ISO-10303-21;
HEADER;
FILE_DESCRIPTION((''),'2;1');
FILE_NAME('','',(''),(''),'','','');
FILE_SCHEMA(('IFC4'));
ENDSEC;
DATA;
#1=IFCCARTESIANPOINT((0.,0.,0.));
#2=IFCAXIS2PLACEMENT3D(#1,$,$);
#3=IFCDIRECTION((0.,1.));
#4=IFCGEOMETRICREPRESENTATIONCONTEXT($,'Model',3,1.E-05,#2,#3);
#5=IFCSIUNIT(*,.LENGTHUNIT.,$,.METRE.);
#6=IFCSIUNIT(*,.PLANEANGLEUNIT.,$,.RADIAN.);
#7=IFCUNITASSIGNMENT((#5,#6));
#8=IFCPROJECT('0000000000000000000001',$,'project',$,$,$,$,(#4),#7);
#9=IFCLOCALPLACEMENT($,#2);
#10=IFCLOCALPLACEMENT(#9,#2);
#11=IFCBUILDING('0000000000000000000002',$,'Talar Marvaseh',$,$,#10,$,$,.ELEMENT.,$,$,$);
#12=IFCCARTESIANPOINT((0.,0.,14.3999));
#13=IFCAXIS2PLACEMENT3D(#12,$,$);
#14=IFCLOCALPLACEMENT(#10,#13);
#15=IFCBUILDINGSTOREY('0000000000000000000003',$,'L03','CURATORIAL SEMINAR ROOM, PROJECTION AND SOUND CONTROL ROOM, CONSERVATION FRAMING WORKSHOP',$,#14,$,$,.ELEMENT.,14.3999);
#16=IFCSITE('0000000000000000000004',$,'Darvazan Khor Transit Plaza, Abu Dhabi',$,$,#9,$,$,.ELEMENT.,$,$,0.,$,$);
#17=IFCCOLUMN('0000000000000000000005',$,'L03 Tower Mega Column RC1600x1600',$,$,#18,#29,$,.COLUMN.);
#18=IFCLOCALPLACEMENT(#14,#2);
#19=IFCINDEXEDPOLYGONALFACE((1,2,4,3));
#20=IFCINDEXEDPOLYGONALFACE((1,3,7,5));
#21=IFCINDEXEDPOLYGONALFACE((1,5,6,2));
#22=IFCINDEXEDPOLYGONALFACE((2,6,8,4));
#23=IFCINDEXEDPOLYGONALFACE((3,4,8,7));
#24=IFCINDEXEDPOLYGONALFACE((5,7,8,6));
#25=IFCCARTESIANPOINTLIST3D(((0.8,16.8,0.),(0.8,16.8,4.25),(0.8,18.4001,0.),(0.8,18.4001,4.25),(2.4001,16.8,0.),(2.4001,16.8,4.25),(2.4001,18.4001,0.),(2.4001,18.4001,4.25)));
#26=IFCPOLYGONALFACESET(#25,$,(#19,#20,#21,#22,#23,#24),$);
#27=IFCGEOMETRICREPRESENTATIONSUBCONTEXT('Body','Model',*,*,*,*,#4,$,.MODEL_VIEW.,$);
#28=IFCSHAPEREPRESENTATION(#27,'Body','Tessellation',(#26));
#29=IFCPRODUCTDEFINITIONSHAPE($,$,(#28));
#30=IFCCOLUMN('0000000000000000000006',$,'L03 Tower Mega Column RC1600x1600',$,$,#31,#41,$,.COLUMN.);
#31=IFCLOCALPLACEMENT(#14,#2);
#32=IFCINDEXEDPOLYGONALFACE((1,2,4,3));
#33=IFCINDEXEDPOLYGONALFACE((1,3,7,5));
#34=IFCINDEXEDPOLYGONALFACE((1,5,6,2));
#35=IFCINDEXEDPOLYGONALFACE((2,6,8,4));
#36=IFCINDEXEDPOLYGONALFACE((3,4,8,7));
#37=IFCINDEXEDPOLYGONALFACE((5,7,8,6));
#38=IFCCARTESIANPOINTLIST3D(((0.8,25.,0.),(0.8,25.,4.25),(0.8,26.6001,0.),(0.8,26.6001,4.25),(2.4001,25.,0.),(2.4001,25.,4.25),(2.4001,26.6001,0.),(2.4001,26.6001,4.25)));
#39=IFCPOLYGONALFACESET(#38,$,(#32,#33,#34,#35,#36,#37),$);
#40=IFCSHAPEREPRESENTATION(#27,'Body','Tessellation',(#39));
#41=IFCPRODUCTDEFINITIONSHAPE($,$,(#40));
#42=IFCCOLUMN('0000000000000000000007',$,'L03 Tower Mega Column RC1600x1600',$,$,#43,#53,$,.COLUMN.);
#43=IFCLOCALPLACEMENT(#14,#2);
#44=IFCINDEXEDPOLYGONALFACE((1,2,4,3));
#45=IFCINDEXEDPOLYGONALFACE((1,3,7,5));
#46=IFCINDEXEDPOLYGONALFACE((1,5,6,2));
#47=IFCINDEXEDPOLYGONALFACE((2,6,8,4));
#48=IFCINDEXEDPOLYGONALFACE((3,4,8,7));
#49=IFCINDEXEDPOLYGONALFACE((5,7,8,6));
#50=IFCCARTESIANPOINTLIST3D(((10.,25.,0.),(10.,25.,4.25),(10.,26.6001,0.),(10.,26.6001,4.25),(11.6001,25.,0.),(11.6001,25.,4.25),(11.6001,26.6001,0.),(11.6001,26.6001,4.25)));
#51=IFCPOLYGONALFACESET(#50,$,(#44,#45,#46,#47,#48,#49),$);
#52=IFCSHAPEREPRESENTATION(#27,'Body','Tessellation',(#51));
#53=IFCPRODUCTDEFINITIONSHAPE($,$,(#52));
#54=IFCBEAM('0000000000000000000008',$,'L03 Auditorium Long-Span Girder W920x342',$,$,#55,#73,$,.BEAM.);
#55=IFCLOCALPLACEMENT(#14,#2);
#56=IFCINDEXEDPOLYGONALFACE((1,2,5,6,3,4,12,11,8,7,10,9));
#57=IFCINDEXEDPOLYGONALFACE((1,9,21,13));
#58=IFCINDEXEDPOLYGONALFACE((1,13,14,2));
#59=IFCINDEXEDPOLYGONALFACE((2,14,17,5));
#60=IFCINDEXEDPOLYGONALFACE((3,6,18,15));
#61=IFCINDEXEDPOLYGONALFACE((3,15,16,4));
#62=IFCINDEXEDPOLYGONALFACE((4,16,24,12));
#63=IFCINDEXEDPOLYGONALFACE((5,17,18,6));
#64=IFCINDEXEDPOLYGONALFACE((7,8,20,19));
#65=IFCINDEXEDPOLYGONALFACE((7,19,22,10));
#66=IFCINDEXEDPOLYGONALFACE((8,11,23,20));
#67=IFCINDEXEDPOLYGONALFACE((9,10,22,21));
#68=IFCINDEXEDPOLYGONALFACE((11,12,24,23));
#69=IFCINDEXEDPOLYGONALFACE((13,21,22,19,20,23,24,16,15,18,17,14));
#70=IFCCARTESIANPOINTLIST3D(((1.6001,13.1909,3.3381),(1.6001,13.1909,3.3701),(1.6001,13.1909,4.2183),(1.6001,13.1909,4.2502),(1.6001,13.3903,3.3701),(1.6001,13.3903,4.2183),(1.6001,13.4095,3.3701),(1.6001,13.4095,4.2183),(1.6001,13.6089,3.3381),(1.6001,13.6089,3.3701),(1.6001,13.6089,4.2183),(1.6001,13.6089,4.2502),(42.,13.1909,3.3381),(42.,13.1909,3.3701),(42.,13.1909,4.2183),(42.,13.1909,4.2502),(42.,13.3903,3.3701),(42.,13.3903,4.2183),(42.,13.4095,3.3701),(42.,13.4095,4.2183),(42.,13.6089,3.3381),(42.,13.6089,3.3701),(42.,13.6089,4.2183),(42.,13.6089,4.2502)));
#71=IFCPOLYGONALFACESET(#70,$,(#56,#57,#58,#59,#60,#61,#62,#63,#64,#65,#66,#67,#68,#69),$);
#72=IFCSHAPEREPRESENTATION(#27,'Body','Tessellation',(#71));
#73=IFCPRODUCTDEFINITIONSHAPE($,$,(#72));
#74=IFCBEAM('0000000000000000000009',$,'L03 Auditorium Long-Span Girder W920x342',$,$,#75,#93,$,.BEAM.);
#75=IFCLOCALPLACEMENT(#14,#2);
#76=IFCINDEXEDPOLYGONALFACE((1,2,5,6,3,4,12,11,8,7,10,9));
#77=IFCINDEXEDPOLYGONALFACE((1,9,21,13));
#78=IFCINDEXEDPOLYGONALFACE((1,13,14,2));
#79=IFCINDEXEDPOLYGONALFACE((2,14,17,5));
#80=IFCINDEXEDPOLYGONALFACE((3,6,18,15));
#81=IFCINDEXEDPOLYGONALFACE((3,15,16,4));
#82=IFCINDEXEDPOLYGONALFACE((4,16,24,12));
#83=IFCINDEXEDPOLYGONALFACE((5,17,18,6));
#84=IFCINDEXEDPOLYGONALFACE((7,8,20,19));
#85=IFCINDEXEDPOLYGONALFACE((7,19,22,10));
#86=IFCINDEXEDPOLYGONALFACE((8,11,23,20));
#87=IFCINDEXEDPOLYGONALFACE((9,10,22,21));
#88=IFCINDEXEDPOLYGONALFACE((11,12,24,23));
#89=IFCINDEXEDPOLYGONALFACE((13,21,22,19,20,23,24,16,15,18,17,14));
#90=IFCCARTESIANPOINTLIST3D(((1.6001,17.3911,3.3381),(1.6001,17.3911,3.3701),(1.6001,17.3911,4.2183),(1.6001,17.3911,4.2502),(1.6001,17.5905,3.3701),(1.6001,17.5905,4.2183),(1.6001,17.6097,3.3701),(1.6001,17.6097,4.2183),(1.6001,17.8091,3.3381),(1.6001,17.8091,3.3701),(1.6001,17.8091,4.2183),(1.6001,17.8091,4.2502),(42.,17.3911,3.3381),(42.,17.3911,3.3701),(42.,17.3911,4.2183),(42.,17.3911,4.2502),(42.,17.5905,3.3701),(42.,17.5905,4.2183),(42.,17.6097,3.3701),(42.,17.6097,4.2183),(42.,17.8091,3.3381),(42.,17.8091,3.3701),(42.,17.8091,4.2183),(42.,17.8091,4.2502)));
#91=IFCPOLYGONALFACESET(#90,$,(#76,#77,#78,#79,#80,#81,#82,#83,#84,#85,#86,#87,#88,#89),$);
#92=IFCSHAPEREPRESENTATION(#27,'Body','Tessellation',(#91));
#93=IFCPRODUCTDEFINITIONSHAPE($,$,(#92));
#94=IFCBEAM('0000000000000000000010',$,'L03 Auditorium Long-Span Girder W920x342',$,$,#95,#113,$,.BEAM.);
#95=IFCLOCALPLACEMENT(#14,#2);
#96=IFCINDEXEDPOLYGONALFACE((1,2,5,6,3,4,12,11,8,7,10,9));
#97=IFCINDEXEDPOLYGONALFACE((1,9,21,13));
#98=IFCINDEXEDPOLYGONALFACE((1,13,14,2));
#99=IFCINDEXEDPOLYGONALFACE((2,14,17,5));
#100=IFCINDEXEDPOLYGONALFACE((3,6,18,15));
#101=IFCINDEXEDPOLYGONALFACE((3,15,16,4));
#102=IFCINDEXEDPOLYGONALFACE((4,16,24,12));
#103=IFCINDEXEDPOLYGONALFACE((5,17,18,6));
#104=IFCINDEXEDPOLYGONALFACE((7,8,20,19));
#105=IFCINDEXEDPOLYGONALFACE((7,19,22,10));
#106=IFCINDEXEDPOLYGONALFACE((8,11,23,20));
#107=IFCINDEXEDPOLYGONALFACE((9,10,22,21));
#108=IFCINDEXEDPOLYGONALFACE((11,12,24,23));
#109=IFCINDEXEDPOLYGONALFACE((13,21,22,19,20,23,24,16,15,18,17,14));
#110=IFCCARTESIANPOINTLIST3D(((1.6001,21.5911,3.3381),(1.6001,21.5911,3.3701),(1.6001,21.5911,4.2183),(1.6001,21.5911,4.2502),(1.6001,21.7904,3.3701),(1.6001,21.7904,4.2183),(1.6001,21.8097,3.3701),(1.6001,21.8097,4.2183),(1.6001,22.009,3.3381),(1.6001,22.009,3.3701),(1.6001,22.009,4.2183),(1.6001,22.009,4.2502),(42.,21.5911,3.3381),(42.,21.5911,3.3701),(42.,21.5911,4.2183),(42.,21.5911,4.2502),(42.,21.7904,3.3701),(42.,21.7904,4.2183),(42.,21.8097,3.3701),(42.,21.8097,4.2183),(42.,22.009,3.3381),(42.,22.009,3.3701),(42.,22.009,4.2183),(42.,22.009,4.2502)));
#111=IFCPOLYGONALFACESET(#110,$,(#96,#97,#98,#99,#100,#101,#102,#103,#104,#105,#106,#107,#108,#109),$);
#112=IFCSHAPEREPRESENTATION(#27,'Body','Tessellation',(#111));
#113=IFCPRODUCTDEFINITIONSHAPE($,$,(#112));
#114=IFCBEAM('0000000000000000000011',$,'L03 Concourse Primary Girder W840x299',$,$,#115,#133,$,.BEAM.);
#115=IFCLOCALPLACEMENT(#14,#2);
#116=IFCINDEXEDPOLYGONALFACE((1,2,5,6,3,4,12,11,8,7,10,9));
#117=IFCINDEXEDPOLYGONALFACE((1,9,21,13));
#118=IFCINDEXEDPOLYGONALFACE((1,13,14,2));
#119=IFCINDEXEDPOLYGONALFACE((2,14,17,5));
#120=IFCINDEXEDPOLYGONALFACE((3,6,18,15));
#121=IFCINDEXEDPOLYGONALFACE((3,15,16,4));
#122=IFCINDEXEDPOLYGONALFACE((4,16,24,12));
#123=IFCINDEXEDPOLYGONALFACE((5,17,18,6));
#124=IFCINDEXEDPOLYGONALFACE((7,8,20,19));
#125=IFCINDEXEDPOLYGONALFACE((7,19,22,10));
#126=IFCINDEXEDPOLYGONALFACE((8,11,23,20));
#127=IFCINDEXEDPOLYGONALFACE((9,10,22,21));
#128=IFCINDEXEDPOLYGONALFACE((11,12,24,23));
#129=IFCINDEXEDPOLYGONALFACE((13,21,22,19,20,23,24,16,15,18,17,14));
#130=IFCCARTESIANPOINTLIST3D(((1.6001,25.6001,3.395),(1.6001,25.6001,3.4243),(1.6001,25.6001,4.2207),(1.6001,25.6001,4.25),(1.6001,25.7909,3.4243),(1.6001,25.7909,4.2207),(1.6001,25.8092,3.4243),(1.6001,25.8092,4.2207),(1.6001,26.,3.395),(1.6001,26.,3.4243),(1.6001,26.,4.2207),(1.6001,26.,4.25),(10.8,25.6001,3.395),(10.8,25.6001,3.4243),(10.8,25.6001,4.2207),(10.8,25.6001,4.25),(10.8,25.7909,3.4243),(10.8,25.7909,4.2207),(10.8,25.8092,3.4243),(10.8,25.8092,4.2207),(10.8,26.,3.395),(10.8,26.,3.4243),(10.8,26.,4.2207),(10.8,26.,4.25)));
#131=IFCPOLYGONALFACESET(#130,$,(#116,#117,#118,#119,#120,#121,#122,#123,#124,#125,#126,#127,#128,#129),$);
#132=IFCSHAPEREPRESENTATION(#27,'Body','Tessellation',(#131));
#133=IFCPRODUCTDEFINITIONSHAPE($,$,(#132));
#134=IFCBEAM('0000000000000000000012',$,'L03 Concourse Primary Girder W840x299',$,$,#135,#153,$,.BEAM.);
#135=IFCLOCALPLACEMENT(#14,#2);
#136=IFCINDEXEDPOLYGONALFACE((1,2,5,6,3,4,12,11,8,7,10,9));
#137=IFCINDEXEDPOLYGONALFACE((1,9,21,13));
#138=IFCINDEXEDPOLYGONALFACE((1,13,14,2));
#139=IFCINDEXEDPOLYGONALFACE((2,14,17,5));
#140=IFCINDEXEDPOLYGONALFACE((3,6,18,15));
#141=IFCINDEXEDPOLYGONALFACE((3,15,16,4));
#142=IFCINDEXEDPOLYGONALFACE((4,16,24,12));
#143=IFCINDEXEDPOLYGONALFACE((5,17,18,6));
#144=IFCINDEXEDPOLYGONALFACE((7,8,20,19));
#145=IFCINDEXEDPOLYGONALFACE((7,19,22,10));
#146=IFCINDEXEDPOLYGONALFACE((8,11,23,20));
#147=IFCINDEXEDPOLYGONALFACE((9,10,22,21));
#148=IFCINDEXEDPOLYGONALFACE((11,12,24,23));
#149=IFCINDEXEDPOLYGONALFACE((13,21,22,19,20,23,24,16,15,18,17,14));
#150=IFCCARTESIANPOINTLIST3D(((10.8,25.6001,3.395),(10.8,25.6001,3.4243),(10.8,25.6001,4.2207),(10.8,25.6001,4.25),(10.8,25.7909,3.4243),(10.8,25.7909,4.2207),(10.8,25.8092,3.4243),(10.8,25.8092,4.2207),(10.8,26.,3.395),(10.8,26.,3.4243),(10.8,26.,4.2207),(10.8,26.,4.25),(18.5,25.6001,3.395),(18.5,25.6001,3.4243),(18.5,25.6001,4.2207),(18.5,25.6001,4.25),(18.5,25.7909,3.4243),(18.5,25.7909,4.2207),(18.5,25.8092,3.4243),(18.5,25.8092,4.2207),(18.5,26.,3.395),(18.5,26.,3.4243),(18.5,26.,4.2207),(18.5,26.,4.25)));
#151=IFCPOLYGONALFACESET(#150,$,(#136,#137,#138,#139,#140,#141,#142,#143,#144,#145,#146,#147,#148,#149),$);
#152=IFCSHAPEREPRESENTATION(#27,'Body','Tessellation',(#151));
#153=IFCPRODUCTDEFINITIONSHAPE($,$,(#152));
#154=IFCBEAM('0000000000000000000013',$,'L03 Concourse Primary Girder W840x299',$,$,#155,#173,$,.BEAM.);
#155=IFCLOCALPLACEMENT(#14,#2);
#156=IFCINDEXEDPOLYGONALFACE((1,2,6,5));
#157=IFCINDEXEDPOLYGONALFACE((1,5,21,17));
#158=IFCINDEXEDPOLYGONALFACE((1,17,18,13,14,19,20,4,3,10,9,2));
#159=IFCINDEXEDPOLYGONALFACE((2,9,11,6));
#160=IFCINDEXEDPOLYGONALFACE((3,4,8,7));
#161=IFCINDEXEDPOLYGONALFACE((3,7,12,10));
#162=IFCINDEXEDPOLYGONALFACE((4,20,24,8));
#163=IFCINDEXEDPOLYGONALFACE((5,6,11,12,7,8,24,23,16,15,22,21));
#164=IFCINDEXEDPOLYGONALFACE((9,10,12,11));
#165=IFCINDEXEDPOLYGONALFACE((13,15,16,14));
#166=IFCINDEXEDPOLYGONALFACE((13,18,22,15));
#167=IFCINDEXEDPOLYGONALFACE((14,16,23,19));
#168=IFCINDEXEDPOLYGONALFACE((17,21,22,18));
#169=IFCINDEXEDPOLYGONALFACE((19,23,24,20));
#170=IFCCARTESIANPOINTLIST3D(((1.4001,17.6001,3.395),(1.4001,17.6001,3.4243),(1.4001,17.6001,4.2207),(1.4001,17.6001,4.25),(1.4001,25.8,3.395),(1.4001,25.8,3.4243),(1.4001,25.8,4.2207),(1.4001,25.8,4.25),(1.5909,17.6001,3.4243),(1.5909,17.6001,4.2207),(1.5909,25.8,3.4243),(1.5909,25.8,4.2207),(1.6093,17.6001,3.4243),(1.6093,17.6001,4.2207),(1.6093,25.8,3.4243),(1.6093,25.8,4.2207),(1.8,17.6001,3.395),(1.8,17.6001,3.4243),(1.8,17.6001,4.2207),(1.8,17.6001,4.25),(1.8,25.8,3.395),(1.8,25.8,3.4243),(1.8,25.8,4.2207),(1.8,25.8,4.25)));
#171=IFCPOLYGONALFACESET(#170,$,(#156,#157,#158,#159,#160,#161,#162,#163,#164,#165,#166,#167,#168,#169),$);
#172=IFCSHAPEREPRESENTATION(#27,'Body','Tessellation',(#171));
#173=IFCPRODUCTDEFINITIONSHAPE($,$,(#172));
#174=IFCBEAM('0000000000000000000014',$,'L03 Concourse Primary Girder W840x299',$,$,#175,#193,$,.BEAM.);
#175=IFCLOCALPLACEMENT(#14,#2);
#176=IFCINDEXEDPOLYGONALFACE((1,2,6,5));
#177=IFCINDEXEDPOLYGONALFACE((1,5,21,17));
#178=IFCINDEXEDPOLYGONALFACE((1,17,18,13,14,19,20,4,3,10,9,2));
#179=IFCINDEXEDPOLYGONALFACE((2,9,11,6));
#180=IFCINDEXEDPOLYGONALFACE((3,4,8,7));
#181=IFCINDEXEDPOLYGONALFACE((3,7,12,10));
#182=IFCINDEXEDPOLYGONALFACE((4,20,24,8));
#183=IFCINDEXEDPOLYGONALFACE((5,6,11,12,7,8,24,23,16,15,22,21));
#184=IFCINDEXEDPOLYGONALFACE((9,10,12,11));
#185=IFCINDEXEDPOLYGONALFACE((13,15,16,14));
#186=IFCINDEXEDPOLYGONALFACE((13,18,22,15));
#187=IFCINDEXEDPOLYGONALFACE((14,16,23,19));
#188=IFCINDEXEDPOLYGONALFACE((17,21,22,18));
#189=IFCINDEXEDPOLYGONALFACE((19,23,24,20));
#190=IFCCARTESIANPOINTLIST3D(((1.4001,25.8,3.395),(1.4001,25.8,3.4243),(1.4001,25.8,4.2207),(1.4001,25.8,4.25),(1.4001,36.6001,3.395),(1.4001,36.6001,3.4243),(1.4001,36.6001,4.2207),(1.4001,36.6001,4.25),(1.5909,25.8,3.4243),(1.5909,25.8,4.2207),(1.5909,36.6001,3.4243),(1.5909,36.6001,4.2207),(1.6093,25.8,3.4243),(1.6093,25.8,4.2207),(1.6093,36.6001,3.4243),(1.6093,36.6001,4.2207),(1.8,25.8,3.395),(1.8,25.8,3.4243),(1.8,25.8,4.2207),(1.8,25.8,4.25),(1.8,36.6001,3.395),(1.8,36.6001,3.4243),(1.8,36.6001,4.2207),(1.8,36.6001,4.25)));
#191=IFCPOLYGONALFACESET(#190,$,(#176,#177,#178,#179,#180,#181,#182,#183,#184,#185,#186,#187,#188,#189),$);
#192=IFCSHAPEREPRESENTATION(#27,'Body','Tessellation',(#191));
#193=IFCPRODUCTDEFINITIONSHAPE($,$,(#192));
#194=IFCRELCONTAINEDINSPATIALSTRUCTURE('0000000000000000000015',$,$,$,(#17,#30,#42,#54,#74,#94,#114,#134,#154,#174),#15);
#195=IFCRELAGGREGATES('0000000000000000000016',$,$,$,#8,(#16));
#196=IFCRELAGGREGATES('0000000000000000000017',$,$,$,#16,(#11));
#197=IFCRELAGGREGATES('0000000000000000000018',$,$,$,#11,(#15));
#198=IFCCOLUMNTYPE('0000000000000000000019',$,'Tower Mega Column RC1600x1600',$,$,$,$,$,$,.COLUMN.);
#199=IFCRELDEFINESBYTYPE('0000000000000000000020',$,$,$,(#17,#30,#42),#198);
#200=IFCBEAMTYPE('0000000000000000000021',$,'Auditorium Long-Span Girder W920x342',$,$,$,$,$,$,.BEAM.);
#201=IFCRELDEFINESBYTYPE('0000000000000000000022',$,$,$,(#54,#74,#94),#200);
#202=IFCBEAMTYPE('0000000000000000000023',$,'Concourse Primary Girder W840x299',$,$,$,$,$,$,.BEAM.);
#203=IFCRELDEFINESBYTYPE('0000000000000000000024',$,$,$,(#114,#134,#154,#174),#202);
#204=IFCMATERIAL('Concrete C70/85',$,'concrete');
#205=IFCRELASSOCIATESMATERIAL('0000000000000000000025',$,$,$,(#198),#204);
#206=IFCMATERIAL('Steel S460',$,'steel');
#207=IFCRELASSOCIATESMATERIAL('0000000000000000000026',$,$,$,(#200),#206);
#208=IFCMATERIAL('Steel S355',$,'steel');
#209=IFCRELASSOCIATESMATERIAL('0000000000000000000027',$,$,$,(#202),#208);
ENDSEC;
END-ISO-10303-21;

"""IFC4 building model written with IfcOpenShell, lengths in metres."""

from ifc_helpers import new_model, si_unit, direction, frame, origin, origin_2d, place, context, subcontext, project, spatial, rectangle, i_section, extrude, material, material_profile, profile_set, type_object, element, save


model = new_model("IFC4")

# Units and contexts
model_context = context("Model", 3, precision=1e-05, world=origin(), true_north=direction((0.0, 1.0)))
body_context = subcontext(model_context, "Body", "Model", "MODEL_VIEW")
ifc_project = project(units=[si_unit("LENGTHUNIT", "METRE"), si_unit("PLANEANGLEUNIT", "RADIAN")], contexts=[model_context])

# Site, building, storey
site_placement = place(None, origin())
site = spatial("IfcSite", under=ifc_project, at=site_placement, Name="Darvazan Khor Transit Plaza, Abu Dhabi", CompositionType="ELEMENT", RefElevation=0.0)
building_placement = place(site_placement, origin())
building = spatial("IfcBuilding", under=site, at=building_placement, Name="Talar Marvaseh", CompositionType="ELEMENT")
storey_placement = place(building_placement, frame((0.0, 0.0, 14.3999)))
storey = spatial("IfcBuildingStorey", under=building, at=storey_placement, Name="L03", Description="CURATORIAL SEMINAR ROOM, PROJECTION AND SOUND CONTROL ROOM, CONSERVATION FRAMING WORKSHOP", CompositionType="ELEMENT", Elevation=14.3999)

# Columns
ifc_material_1 = material(Name="Concrete C70/85", Category="concrete")
ifc_material_profile_1 = material_profile(ifc_material_1, rectangle(XDim=1.6001, YDim=1.6001, at=origin_2d()), Name="RC1600x1600")
ifc_profile_set_1 = profile_set([ifc_material_profile_1], Name="Concrete C70/85")
column_type = type_object("IfcColumnType", Name="Tower Mega Column RC1600x1600", PredefinedType="COLUMN", material=ifc_profile_set_1)
for number, where, z_axis, x_axis, name in (
    (1, (1.6001, 17.6001, 0.0), (0.0, 0.0, 1.0), (1.0, 0.0, 0.0), "L03 Tower Mega Column RC1600x1600"),
    (2, (1.6001, 25.8, 0.0), (0.0, 0.0, 1.0), (1.0, 0.0, 0.0), "L03 Tower Mega Column RC1600x1600"),
    (3, (10.8, 25.8, 0.0), (0.0, 0.0, 1.0), (1.0, 0.0, 0.0), "L03 Tower Mega Column RC1600x1600"),
):
    element("IfcColumn", number, at=place(storey_placement, frame(where, z_axis=z_axis, x_axis=x_axis)), inside=storey, type_object=column_type, Name=name, PredefinedType="COLUMN", context=body_context, shape_type="SweptSolid", body=[
        extrude(rectangle(XDim=1.6001, YDim=1.6001, at=origin_2d()), origin(), (0.0, 0.0, 1.0), 4.25),
    ])

# Beams
ifc_material_2 = material(Name="Steel S460", Category="steel")
ifc_material_profile_2 = material_profile(ifc_material_2, i_section(OverallWidth=0.418, OverallDepth=0.9121, WebThickness=0.0193, FlangeThickness=0.032, at=origin_2d()), Name="W920x342")
ifc_profile_set_2 = profile_set([ifc_material_profile_2], Name="Steel S460")
beam_type_1 = type_object("IfcBeamType", Name="Auditorium Long-Span Girder W920x342", PredefinedType="BEAM", material=ifc_profile_set_2)
for number, where, z_axis, x_axis, name in (
    (4, (1.6001, 13.3999, 3.7942), (1.0, 0.0, 0.0), (0.0, 1.0, 0.0), "L03 Auditorium Long-Span Girder W920x342"),
    (5, (1.6001, 17.6001, 3.7942), (1.0, 0.0, 0.0), (0.0, 1.0, 0.0), "L03 Auditorium Long-Span Girder W920x342"),
    (6, (1.6001, 21.8, 3.7942), (1.0, 0.0, 0.0), (0.0, 1.0, 0.0), "L03 Auditorium Long-Span Girder W920x342"),
):
    element("IfcBeam", number, at=place(storey_placement, frame(where, z_axis=z_axis, x_axis=x_axis)), inside=storey, type_object=beam_type_1, Name=name, PredefinedType="BEAM", context=body_context, shape_type="SweptSolid", body=[
        extrude(i_section(OverallWidth=0.418, OverallDepth=0.9121, WebThickness=0.0193, FlangeThickness=0.032, at=origin_2d()), origin(), (0.0, 0.0, 1.0), 40.3999),
    ])
ifc_material_3 = material(Name="Steel S355", Category="steel")
ifc_material_profile_3 = material_profile(ifc_material_3, i_section(OverallWidth=0.3999, OverallDepth=0.855, WebThickness=0.0183, FlangeThickness=0.0293, at=origin_2d()), Name="W840x299")
ifc_profile_set_3 = profile_set([ifc_material_profile_3], Name="Steel S355")
beam_type_2 = type_object("IfcBeamType", Name="Concourse Primary Girder W840x299", PredefinedType="BEAM", material=ifc_profile_set_3)
beam_1_placement = place(storey_placement, frame((1.6001, 25.8, 3.8225), z_axis=(1.0, 0.0, 0.0), x_axis=(0.0, 1.0, 0.0)))
element("IfcBeam", 7, at=beam_1_placement, inside=storey, type_object=beam_type_2, Name="L03 Concourse Primary Girder W840x299", PredefinedType="BEAM", context=body_context, shape_type="SweptSolid", body=[
    extrude(i_section(OverallWidth=0.3999, OverallDepth=0.855, WebThickness=0.0183, FlangeThickness=0.0293, at=origin_2d()), origin(), (0.0, 0.0, 1.0), 9.2),
])
beam_2_placement = place(storey_placement, frame((10.8, 25.8, 3.8225), z_axis=(1.0, 0.0, 0.0), x_axis=(0.0, 1.0, 0.0)))
element("IfcBeam", 8, at=beam_2_placement, inside=storey, type_object=beam_type_2, Name="L03 Concourse Primary Girder W840x299", PredefinedType="BEAM", context=body_context, shape_type="SweptSolid", body=[
    extrude(i_section(OverallWidth=0.3999, OverallDepth=0.855, WebThickness=0.0183, FlangeThickness=0.0293, at=origin_2d()), origin(), (0.0, 0.0, 1.0), 7.7),
])
beam_3_placement = place(storey_placement, frame((1.6001, 17.6001, 3.8225), z_axis=(0.0, 1.0, 0.0), x_axis=(-1.0, 0.0, 0.0)))
element("IfcBeam", 9, at=beam_3_placement, inside=storey, type_object=beam_type_2, Name="L03 Concourse Primary Girder W840x299", PredefinedType="BEAM", context=body_context, shape_type="SweptSolid", body=[
    extrude(i_section(OverallWidth=0.3999, OverallDepth=0.855, WebThickness=0.0183, FlangeThickness=0.0293, at=origin_2d()), origin(), (0.0, 0.0, 1.0), 8.2),
])
for number, where, z_axis, x_axis, name in (
    (10, (1.6001, 25.8, 3.8225), (0.0, 1.0, 0.0), (-1.0, 0.0, 0.0), "L03 Concourse Primary Girder W840x299"),
):
    element("IfcBeam", number, at=place(storey_placement, frame(where, z_axis=z_axis, x_axis=x_axis)), inside=storey, type_object=beam_type_2, Name=name, PredefinedType="BEAM", context=body_context, shape_type="SweptSolid", body=[
        extrude(i_section(OverallWidth=0.3999, OverallDepth=0.855, WebThickness=0.0183, FlangeThickness=0.0293, at=origin_2d()), origin(), (0.0, 0.0, 1.0), 10.8),
    ])

save(model, "model.ifc")
